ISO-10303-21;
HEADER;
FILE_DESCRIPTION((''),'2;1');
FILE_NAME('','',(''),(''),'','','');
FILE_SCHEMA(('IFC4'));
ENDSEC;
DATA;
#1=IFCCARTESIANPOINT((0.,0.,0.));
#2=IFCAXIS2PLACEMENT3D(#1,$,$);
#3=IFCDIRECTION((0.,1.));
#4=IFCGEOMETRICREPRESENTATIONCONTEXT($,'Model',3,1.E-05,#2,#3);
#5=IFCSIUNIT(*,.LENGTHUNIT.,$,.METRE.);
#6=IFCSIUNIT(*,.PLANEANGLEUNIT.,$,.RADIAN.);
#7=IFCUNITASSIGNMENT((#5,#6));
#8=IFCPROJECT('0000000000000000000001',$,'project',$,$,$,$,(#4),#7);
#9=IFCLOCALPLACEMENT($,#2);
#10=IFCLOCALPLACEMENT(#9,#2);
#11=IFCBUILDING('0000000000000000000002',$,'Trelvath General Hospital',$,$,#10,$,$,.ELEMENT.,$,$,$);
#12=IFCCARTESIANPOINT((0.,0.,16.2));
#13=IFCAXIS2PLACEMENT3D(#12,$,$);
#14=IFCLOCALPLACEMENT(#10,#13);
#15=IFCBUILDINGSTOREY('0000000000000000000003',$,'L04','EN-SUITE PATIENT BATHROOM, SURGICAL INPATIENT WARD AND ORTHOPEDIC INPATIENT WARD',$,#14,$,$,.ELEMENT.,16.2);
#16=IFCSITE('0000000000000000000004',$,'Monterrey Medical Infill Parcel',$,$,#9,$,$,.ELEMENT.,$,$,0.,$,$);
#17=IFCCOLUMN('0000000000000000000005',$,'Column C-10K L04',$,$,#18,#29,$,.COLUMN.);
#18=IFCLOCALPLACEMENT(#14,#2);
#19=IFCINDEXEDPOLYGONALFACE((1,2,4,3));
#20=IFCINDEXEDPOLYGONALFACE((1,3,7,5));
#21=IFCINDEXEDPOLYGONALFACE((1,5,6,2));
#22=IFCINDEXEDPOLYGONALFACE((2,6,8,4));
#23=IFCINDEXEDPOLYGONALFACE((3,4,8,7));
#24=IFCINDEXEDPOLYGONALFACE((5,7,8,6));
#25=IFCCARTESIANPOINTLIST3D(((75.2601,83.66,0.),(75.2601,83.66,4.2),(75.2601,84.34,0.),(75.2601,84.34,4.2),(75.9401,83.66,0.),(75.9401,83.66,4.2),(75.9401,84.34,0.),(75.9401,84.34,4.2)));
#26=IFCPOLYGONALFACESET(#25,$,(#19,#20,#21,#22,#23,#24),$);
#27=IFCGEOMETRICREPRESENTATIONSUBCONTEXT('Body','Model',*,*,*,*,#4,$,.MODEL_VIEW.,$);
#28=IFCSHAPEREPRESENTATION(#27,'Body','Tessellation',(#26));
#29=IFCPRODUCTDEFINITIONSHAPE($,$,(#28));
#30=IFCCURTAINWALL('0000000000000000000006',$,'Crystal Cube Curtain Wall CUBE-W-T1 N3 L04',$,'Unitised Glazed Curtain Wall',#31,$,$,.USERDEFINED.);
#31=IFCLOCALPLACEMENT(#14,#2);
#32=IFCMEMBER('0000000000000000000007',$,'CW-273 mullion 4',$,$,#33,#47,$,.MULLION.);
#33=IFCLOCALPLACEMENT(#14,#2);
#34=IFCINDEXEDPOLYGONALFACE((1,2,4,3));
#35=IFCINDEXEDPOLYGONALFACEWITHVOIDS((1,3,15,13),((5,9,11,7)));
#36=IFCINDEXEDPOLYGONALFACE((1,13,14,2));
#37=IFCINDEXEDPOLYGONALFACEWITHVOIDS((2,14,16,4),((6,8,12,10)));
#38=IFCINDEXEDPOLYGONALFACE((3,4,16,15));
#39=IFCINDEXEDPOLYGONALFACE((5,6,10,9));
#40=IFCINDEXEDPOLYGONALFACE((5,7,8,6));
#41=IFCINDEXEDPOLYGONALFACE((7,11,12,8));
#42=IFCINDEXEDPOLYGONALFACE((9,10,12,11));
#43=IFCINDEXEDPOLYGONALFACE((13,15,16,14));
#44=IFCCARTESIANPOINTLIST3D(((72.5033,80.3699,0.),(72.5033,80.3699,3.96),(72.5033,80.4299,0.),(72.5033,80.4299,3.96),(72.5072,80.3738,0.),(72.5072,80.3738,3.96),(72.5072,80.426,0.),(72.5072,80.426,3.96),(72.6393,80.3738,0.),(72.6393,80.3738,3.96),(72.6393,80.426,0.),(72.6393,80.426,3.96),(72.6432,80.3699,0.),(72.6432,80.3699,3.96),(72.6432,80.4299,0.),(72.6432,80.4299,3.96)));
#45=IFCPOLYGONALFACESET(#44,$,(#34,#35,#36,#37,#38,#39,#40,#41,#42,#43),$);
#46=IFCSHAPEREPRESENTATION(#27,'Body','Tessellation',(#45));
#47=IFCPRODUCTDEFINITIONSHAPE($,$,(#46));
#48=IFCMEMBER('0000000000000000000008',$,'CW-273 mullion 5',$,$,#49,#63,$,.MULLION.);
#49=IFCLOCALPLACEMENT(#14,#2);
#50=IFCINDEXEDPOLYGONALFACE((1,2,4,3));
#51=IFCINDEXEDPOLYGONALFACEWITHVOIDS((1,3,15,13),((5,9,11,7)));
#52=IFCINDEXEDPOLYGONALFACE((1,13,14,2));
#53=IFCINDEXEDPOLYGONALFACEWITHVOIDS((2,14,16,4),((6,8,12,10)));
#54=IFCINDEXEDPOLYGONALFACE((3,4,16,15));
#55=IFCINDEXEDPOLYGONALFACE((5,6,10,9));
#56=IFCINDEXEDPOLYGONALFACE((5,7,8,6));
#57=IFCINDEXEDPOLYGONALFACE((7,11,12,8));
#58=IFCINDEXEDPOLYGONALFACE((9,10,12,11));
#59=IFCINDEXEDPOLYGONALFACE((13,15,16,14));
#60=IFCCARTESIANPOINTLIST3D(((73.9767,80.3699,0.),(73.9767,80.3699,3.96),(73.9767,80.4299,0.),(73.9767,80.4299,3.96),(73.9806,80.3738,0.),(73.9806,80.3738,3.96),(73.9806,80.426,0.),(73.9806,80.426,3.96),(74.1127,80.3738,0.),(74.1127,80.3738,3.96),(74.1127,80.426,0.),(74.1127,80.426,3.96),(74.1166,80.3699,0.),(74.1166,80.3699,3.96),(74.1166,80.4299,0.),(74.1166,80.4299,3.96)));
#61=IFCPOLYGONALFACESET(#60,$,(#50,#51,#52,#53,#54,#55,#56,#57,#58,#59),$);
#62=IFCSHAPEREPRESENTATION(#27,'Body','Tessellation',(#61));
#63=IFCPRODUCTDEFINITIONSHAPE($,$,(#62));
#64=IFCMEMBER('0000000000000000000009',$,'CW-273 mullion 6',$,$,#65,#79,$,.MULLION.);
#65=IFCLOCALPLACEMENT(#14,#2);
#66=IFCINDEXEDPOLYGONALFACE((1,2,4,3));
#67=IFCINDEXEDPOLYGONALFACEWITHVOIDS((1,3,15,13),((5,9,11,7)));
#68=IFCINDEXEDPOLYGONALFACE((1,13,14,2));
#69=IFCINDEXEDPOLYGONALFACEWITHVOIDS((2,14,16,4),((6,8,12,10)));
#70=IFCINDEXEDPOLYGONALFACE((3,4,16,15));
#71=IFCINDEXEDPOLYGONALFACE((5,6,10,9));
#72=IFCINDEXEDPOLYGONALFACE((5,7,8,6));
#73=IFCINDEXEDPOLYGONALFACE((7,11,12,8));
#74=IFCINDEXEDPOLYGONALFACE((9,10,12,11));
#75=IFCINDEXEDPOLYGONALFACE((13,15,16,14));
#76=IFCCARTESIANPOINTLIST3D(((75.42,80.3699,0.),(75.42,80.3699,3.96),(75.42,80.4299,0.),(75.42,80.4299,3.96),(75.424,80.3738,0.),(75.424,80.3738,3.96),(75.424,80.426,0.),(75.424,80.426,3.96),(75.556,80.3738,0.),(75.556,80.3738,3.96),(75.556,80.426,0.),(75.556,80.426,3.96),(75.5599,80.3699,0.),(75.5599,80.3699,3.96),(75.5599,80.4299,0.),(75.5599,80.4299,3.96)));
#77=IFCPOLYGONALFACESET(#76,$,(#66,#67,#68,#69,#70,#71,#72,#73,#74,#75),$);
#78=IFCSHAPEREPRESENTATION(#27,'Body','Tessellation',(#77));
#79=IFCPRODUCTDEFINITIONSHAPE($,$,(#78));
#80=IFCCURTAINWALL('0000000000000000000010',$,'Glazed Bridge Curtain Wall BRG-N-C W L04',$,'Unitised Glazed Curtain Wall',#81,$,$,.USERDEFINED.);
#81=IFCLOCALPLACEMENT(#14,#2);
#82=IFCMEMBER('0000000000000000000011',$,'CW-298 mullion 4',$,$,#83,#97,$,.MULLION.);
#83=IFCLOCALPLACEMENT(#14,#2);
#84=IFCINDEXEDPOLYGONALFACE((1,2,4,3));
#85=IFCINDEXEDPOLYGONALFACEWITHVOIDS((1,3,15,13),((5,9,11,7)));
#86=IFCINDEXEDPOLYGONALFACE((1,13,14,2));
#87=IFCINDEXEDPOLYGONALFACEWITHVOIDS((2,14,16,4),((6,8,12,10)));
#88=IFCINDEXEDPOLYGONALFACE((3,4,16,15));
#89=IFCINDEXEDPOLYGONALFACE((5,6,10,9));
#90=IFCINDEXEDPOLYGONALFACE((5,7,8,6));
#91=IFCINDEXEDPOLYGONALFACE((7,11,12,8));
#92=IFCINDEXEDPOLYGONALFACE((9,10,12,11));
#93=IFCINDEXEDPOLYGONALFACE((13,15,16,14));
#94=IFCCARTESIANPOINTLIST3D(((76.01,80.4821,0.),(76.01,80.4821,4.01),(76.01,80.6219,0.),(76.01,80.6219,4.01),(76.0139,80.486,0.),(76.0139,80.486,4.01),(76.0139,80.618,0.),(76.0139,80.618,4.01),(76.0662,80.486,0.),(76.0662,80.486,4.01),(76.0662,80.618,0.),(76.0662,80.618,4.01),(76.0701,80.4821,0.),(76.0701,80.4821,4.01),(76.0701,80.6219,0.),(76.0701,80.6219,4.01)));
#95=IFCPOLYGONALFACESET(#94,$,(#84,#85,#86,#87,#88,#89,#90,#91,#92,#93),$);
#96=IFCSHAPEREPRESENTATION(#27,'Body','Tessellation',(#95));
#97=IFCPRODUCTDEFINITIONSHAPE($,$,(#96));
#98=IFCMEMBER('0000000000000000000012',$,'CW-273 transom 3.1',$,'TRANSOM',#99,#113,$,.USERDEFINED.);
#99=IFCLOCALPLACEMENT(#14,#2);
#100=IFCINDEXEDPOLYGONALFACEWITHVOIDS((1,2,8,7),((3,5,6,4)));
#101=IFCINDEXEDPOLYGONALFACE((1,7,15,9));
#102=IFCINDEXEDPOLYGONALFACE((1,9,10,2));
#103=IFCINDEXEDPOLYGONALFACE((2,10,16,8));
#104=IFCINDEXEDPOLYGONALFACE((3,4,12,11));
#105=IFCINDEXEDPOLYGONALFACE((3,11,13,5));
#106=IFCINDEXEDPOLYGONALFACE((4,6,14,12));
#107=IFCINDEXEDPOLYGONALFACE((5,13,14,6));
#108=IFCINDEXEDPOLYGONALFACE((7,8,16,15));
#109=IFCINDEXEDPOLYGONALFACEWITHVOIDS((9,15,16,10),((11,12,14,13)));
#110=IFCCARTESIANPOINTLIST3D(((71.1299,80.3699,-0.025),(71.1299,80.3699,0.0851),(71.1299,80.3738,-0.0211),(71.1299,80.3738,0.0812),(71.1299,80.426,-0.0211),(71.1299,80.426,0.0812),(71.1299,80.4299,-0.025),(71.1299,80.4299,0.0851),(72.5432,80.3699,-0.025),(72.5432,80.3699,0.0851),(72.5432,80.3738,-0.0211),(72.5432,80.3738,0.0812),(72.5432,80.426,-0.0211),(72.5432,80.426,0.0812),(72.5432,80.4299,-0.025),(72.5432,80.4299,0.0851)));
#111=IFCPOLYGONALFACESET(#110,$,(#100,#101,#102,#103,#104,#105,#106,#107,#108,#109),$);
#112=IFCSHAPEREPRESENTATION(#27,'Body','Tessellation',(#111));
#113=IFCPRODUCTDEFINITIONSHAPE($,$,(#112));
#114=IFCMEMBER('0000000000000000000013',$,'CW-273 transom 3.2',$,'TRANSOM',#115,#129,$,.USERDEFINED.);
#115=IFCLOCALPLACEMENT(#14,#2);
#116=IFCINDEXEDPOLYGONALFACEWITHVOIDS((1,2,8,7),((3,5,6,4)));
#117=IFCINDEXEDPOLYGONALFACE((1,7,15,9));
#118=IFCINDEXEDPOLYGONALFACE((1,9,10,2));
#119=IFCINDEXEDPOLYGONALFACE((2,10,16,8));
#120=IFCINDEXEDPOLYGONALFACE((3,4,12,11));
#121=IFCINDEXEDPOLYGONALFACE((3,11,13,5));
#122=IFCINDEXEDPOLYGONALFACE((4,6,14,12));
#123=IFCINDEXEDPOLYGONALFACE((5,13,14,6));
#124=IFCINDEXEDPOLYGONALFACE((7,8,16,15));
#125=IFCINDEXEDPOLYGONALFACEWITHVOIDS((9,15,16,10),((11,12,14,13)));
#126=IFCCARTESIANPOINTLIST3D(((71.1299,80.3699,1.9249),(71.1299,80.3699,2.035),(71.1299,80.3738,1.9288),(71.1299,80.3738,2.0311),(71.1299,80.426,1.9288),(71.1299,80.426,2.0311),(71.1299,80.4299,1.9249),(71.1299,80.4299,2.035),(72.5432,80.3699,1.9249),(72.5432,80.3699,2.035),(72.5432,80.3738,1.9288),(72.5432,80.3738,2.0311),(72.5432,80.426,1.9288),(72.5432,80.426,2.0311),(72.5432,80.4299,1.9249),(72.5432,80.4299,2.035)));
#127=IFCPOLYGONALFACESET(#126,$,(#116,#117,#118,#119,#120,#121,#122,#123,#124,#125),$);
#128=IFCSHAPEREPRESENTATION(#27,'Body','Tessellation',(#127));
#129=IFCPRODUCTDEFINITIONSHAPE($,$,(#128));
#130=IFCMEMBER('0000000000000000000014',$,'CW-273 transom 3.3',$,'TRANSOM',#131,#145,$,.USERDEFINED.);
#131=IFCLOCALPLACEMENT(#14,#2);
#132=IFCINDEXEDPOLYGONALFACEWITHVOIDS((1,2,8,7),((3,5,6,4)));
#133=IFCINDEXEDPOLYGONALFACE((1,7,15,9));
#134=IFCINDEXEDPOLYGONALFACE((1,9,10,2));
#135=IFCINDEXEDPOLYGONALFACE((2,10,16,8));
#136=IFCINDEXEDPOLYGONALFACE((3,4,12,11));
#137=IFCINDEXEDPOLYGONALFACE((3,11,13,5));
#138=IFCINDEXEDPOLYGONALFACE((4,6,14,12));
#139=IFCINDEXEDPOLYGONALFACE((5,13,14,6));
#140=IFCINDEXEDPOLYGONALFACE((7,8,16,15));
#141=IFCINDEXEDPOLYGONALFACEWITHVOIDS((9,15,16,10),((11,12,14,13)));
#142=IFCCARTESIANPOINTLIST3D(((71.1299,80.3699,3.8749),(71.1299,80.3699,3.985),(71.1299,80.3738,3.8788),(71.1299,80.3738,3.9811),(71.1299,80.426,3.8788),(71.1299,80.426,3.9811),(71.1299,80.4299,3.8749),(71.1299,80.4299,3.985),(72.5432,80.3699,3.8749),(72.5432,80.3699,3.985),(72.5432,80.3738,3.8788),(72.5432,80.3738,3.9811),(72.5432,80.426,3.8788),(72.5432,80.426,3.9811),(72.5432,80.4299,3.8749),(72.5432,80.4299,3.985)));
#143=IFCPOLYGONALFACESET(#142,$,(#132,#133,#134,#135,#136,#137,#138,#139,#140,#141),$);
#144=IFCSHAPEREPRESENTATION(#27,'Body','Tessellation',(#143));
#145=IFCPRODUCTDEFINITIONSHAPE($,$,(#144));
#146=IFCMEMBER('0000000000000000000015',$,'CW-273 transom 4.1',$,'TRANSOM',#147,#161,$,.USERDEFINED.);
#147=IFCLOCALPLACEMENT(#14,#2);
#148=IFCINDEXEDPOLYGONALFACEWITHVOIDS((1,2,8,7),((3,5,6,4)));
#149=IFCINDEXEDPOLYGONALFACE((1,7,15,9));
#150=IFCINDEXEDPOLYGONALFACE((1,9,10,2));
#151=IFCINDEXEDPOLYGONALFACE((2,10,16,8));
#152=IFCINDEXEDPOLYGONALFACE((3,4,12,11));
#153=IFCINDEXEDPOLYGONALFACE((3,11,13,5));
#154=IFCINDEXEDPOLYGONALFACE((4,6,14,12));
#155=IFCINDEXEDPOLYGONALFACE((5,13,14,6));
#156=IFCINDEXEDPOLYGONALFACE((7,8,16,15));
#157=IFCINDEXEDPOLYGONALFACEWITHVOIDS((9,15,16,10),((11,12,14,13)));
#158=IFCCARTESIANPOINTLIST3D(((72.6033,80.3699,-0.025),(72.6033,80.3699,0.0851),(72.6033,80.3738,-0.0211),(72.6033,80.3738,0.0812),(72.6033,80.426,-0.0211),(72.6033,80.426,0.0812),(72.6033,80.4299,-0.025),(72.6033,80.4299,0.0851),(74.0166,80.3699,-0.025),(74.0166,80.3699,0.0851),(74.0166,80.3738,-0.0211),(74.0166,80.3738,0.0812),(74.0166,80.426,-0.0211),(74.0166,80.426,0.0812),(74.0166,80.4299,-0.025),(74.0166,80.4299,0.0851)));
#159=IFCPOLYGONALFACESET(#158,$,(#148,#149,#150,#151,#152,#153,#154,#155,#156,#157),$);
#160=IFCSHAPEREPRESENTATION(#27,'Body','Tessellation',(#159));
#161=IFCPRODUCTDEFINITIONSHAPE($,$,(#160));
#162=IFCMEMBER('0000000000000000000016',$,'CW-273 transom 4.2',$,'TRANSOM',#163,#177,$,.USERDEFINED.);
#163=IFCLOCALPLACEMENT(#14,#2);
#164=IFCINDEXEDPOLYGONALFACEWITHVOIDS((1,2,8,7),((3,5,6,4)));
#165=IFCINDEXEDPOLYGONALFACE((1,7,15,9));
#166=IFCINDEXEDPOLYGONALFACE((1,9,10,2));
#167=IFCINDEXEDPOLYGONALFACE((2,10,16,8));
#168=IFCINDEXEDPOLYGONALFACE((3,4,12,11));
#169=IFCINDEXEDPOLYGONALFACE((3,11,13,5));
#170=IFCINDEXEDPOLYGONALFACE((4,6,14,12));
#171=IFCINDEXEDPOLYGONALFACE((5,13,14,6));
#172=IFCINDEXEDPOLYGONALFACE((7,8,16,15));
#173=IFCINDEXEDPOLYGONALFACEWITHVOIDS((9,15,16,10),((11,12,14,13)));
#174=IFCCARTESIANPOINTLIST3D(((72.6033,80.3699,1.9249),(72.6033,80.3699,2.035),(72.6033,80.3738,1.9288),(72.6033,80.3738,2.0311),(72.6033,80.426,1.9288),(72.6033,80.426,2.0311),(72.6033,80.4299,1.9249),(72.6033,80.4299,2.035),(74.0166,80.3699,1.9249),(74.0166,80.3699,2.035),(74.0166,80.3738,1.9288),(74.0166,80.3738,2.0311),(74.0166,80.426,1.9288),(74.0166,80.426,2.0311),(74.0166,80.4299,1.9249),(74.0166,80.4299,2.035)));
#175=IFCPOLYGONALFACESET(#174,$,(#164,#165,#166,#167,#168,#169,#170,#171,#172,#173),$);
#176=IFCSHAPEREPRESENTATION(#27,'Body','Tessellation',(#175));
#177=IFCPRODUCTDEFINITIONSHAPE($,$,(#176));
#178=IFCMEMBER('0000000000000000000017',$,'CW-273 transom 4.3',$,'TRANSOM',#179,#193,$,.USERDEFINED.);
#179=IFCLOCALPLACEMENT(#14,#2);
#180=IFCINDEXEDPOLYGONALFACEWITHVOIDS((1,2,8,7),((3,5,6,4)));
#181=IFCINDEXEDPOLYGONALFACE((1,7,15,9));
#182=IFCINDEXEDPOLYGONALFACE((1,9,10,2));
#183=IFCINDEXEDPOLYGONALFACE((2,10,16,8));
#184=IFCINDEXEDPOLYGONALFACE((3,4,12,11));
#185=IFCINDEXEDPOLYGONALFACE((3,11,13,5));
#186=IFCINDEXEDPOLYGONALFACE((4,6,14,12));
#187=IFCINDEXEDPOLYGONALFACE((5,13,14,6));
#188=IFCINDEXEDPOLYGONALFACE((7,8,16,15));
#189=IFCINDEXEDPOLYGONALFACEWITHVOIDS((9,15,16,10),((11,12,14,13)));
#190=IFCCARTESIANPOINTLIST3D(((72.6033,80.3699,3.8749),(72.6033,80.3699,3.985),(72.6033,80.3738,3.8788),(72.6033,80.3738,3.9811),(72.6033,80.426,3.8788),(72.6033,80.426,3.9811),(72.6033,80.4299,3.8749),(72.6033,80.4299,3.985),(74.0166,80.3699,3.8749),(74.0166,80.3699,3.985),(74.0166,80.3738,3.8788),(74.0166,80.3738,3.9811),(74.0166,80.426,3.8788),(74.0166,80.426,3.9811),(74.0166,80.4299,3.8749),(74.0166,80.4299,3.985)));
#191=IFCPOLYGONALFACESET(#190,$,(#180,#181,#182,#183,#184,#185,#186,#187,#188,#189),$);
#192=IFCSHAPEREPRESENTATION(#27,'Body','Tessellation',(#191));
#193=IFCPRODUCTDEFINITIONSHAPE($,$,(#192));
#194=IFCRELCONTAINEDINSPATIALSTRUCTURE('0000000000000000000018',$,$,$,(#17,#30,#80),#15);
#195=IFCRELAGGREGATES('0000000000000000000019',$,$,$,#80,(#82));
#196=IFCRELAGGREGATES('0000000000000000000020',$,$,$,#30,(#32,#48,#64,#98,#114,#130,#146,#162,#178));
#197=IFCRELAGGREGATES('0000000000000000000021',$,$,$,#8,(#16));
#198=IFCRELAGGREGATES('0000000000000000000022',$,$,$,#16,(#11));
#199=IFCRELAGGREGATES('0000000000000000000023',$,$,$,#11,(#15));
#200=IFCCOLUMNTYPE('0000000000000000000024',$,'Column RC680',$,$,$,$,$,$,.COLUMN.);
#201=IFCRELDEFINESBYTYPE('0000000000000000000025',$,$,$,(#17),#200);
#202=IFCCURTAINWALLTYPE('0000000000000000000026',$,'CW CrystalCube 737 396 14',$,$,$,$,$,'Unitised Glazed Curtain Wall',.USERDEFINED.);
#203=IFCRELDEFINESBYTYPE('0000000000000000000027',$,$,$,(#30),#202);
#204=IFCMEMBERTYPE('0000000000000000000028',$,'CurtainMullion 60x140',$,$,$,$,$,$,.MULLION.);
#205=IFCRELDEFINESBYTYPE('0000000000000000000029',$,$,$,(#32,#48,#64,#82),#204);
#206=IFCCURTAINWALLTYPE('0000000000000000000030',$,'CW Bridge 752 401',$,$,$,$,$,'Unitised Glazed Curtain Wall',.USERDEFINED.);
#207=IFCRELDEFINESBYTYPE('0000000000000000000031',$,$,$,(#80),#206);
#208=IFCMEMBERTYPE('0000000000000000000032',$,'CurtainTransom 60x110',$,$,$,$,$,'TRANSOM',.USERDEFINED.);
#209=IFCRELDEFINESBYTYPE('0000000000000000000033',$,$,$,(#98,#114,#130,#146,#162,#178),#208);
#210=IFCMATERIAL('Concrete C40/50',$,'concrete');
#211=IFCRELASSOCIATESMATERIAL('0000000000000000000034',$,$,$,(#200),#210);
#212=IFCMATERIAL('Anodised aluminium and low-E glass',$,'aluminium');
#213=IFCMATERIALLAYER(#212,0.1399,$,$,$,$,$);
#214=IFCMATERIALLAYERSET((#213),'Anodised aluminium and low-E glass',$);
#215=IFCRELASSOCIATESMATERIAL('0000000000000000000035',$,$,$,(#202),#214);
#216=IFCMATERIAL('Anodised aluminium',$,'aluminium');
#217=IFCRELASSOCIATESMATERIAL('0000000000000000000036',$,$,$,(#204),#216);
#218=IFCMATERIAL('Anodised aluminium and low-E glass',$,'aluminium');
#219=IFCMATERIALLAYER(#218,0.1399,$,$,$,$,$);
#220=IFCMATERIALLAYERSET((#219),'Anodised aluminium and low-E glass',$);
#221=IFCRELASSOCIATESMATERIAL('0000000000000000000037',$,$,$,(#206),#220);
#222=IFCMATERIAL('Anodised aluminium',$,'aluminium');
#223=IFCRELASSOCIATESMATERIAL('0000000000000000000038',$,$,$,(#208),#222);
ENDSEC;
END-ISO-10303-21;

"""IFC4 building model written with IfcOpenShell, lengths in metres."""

from ifc_helpers import new_model, si_unit, direction, frame, origin, origin_2d, place, context, subcontext, project, spatial, rectangle, hollow_rectangle, extrude, material, layer, layer_set, material_profile, profile_set, type_object, element, aggregate, save


model = new_model("IFC4")

# Units and contexts
model_context = context("Model", 3, precision=1e-05, world=origin(), true_north=direction((0.0, 1.0)))
body_context = subcontext(model_context, "Body", "Model", "MODEL_VIEW")
ifc_project = project(units=[si_unit("LENGTHUNIT", "METRE"), si_unit("PLANEANGLEUNIT", "RADIAN")], contexts=[model_context])

# Site, building, storey
site_placement = place(None, origin())
site = spatial("IfcSite", under=ifc_project, at=site_placement, Name="Monterrey Medical Infill Parcel", CompositionType="ELEMENT", RefElevation=0.0)
building_placement = place(site_placement, origin())
building = spatial("IfcBuilding", under=site, at=building_placement, Name="Trelvath General Hospital", CompositionType="ELEMENT")
storey_placement = place(building_placement, frame((0.0, 0.0, 16.2)))
storey = spatial("IfcBuildingStorey", under=building, at=storey_placement, Name="L04", Description="EN-SUITE PATIENT BATHROOM, SURGICAL INPATIENT WARD AND ORTHOPEDIC INPATIENT WARD", CompositionType="ELEMENT", Elevation=16.2)

# Column
ifc_material_1 = material(Name="Concrete C40/50", Category="concrete")
ifc_material_profile_1 = material_profile(ifc_material_1, rectangle(XDim=0.6799, YDim=0.6799, at=origin_2d()), Name="RC680x680")
ifc_profile_set_1 = profile_set([ifc_material_profile_1], Name="Concrete C40/50")
column_type = type_object("IfcColumnType", Name="Column RC680", PredefinedType="COLUMN", material=ifc_profile_set_1)
column_placement = place(storey_placement, frame((75.6001, 84.0, 0.0), z_axis=(0.0, 0.0, 1.0), x_axis=(1.0, 0.0, 0.0)))
element("IfcColumn", 1, at=column_placement, inside=storey, type_object=column_type, Name="Column C-10K L04", PredefinedType="COLUMN", context=body_context, shape_type="SweptSolid", body=[
    extrude(rectangle(XDim=0.6799, YDim=0.6799, at=origin_2d()), origin(), (0.0, 0.0, 1.0), 4.2),
])

# Curtain wall, members
ifc_material_2 = material(Name="Anodised aluminium and low-E glass", Category="aluminium")
ifc_layer_1 = layer(ifc_material_2, 0.1399)
ifc_layer_set_1 = layer_set([ifc_layer_1], Name="Anodised aluminium and low-E glass")
curtain_wall_type_1 = type_object("IfcCurtainWallType", Name="CW CrystalCube 737 396 14", ElementType="Unitised Glazed Curtain Wall", PredefinedType="USERDEFINED", material=ifc_layer_set_1)
curtain_wall_1_placement = place(storey_placement, origin())
curtain_wall_1 = element("IfcCurtainWall", 2, at=curtain_wall_1_placement, inside=storey, type_object=curtain_wall_type_1, Name="Crystal Cube Curtain Wall CUBE-W-T1 N3 L04", ObjectType="Unitised Glazed Curtain Wall", PredefinedType="USERDEFINED")
ifc_material_3 = material(Name="Anodised aluminium", Category="aluminium")
ifc_material_profile_2 = material_profile(ifc_material_3, hollow_rectangle(XDim=0.0601, YDim=0.1399, WallThickness=0.0039, at=origin_2d()), Name="RHS60x140x4")
ifc_profile_set_2 = profile_set([ifc_material_profile_2], Name="Anodised aluminium")
member_type_1 = type_object("IfcMemberType", Name="CurtainMullion 60x140", PredefinedType="MULLION", material=ifc_profile_set_2)
member_1_placement = place(storey_placement, frame((72.5732, 80.3999, 0.0), z_axis=(0.0, 0.0, 1.0), x_axis=(0.0, 1.0, 0.0)))
member_1 = element("IfcMember", 3, at=member_1_placement, type_object=member_type_1, Name="CW-273 mullion 4", PredefinedType="MULLION", context=body_context, shape_type="SweptSolid", body=[
    extrude(hollow_rectangle(XDim=0.0601, YDim=0.1399, WallThickness=0.0039, at=origin_2d()), origin(), (0.0, 0.0, 1.0), 3.96),
])
member_2_placement = place(storey_placement, frame((74.0466, 80.3999, 0.0), z_axis=(0.0, 0.0, 1.0), x_axis=(0.0, 1.0, 0.0)))
member_2 = element("IfcMember", 4, at=member_2_placement, type_object=member_type_1, Name="CW-273 mullion 5", PredefinedType="MULLION", context=body_context, shape_type="SweptSolid", body=[
    extrude(hollow_rectangle(XDim=0.0601, YDim=0.1399, WallThickness=0.0039, at=origin_2d()), origin(), (0.0, 0.0, 1.0), 3.96),
])
member_3_placement = place(storey_placement, frame((75.49, 80.3999, 0.0), z_axis=(0.0, 0.0, 1.0), x_axis=(0.0, 1.0, 0.0)))
member_3 = element("IfcMember", 5, at=member_3_placement, type_object=member_type_1, Name="CW-273 mullion 6", PredefinedType="MULLION", context=body_context, shape_type="SweptSolid", body=[
    extrude(hollow_rectangle(XDim=0.0601, YDim=0.1399, WallThickness=0.0039, at=origin_2d()), origin(), (0.0, 0.0, 1.0), 3.96),
])

# Curtain wall, member
ifc_material_4 = material(Name="Anodised aluminium and low-E glass", Category="aluminium")
ifc_layer_2 = layer(ifc_material_4, 0.1399)
ifc_layer_set_2 = layer_set([ifc_layer_2], Name="Anodised aluminium and low-E glass")
curtain_wall_type_2 = type_object("IfcCurtainWallType", Name="CW Bridge 752 401", ElementType="Unitised Glazed Curtain Wall", PredefinedType="USERDEFINED", material=ifc_layer_set_2)
curtain_wall_2_placement = place(storey_placement, origin())
curtain_wall_2 = element("IfcCurtainWall", 6, at=curtain_wall_2_placement, inside=storey, type_object=curtain_wall_type_2, Name="Glazed Bridge Curtain Wall BRG-N-C W L04", ObjectType="Unitised Glazed Curtain Wall", PredefinedType="USERDEFINED")
member_4_placement = place(storey_placement, frame((76.04, 80.552, 0.0), z_axis=(0.0, 0.0, 1.0), x_axis=(-1.0, 0.0, 0.0)))
member_4 = element("IfcMember", 7, at=member_4_placement, type_object=member_type_1, Name="CW-298 mullion 4", PredefinedType="MULLION", context=body_context, shape_type="SweptSolid", body=[
    extrude(hollow_rectangle(XDim=0.0601, YDim=0.1399, WallThickness=0.0039, at=origin_2d()), origin(), (0.0, 0.0, 1.0), 4.01),
])

# Members
ifc_material_5 = material(Name="Anodised aluminium", Category="aluminium")
ifc_material_profile_3 = material_profile(ifc_material_5, hollow_rectangle(XDim=0.0601, YDim=0.1101, WallThickness=0.0039, at=origin_2d()), Name="RHS60x110x4")
ifc_profile_set_3 = profile_set([ifc_material_profile_3], Name="Anodised aluminium")
member_type_2 = type_object("IfcMemberType", Name="CurtainTransom 60x110", ElementType="TRANSOM", PredefinedType="USERDEFINED", material=ifc_profile_set_3)
member_5_placement = place(storey_placement, frame((71.1299, 80.3999, 0.03), z_axis=(1.0, 0.0, 0.0), x_axis=(0.0, 1.0, 0.0)))
member_5 = element("IfcMember", 8, at=member_5_placement, type_object=member_type_2, Name="CW-273 transom 3.1", ObjectType="TRANSOM", PredefinedType="USERDEFINED", context=body_context, shape_type="SweptSolid", body=[
    extrude(hollow_rectangle(XDim=0.0601, YDim=0.1101, WallThickness=0.0039, at=origin_2d()), origin(), (0.0, 0.0, 1.0), 1.4133),
])
member_6_placement = place(storey_placement, frame((71.1299, 80.3999, 1.98), z_axis=(1.0, 0.0, 0.0), x_axis=(0.0, 1.0, 0.0)))
member_6 = element("IfcMember", 9, at=member_6_placement, type_object=member_type_2, Name="CW-273 transom 3.2", ObjectType="TRANSOM", PredefinedType="USERDEFINED", context=body_context, shape_type="SweptSolid", body=[
    extrude(hollow_rectangle(XDim=0.0601, YDim=0.1101, WallThickness=0.0039, at=origin_2d()), origin(), (0.0, 0.0, 1.0), 1.4133),
])
member_7_placement = place(storey_placement, frame((71.1299, 80.3999, 3.9299), z_axis=(1.0, 0.0, 0.0), x_axis=(0.0, 1.0, 0.0)))
member_7 = element("IfcMember", 10, at=member_7_placement, type_object=member_type_2, Name="CW-273 transom 3.3", ObjectType="TRANSOM", PredefinedType="USERDEFINED", context=body_context, shape_type="SweptSolid", body=[
    extrude(hollow_rectangle(XDim=0.0601, YDim=0.1101, WallThickness=0.0039, at=origin_2d()), origin(), (0.0, 0.0, 1.0), 1.4133),
])
member_8_placement = place(storey_placement, frame((72.6033, 80.3999, 0.03), z_axis=(1.0, 0.0, 0.0), x_axis=(0.0, 1.0, 0.0)))
member_8 = element("IfcMember", 11, at=member_8_placement, type_object=member_type_2, Name="CW-273 transom 4.1", ObjectType="TRANSOM", PredefinedType="USERDEFINED", context=body_context, shape_type="SweptSolid", body=[
    extrude(hollow_rectangle(XDim=0.0601, YDim=0.1101, WallThickness=0.0039, at=origin_2d()), origin(), (0.0, 0.0, 1.0), 1.4133),
])
member_9_placement = place(storey_placement, frame((72.6033, 80.3999, 1.98), z_axis=(1.0, 0.0, 0.0), x_axis=(0.0, 1.0, 0.0)))
member_9 = element("IfcMember", 12, at=member_9_placement, type_object=member_type_2, Name="CW-273 transom 4.2", ObjectType="TRANSOM", PredefinedType="USERDEFINED", context=body_context, shape_type="SweptSolid", body=[
    extrude(hollow_rectangle(XDim=0.0601, YDim=0.1101, WallThickness=0.0039, at=origin_2d()), origin(), (0.0, 0.0, 1.0), 1.4133),
])
member_10_placement = place(storey_placement, frame((72.6033, 80.3999, 3.9299), z_axis=(1.0, 0.0, 0.0), x_axis=(0.0, 1.0, 0.0)))
member_10 = element("IfcMember", 13, at=member_10_placement, type_object=member_type_2, Name="CW-273 transom 4.3", ObjectType="TRANSOM", PredefinedType="USERDEFINED", context=body_context, shape_type="SweptSolid", body=[
    extrude(hollow_rectangle(XDim=0.0601, YDim=0.1101, WallThickness=0.0039, at=origin_2d()), origin(), (0.0, 0.0, 1.0), 1.4133),
])
aggregate(curtain_wall_2, [member_4])

aggregate(curtain_wall_1, [member_1, member_2, member_3, member_5, member_6, member_7, member_8, member_9, member_10])

save(model, "model.ifc")
